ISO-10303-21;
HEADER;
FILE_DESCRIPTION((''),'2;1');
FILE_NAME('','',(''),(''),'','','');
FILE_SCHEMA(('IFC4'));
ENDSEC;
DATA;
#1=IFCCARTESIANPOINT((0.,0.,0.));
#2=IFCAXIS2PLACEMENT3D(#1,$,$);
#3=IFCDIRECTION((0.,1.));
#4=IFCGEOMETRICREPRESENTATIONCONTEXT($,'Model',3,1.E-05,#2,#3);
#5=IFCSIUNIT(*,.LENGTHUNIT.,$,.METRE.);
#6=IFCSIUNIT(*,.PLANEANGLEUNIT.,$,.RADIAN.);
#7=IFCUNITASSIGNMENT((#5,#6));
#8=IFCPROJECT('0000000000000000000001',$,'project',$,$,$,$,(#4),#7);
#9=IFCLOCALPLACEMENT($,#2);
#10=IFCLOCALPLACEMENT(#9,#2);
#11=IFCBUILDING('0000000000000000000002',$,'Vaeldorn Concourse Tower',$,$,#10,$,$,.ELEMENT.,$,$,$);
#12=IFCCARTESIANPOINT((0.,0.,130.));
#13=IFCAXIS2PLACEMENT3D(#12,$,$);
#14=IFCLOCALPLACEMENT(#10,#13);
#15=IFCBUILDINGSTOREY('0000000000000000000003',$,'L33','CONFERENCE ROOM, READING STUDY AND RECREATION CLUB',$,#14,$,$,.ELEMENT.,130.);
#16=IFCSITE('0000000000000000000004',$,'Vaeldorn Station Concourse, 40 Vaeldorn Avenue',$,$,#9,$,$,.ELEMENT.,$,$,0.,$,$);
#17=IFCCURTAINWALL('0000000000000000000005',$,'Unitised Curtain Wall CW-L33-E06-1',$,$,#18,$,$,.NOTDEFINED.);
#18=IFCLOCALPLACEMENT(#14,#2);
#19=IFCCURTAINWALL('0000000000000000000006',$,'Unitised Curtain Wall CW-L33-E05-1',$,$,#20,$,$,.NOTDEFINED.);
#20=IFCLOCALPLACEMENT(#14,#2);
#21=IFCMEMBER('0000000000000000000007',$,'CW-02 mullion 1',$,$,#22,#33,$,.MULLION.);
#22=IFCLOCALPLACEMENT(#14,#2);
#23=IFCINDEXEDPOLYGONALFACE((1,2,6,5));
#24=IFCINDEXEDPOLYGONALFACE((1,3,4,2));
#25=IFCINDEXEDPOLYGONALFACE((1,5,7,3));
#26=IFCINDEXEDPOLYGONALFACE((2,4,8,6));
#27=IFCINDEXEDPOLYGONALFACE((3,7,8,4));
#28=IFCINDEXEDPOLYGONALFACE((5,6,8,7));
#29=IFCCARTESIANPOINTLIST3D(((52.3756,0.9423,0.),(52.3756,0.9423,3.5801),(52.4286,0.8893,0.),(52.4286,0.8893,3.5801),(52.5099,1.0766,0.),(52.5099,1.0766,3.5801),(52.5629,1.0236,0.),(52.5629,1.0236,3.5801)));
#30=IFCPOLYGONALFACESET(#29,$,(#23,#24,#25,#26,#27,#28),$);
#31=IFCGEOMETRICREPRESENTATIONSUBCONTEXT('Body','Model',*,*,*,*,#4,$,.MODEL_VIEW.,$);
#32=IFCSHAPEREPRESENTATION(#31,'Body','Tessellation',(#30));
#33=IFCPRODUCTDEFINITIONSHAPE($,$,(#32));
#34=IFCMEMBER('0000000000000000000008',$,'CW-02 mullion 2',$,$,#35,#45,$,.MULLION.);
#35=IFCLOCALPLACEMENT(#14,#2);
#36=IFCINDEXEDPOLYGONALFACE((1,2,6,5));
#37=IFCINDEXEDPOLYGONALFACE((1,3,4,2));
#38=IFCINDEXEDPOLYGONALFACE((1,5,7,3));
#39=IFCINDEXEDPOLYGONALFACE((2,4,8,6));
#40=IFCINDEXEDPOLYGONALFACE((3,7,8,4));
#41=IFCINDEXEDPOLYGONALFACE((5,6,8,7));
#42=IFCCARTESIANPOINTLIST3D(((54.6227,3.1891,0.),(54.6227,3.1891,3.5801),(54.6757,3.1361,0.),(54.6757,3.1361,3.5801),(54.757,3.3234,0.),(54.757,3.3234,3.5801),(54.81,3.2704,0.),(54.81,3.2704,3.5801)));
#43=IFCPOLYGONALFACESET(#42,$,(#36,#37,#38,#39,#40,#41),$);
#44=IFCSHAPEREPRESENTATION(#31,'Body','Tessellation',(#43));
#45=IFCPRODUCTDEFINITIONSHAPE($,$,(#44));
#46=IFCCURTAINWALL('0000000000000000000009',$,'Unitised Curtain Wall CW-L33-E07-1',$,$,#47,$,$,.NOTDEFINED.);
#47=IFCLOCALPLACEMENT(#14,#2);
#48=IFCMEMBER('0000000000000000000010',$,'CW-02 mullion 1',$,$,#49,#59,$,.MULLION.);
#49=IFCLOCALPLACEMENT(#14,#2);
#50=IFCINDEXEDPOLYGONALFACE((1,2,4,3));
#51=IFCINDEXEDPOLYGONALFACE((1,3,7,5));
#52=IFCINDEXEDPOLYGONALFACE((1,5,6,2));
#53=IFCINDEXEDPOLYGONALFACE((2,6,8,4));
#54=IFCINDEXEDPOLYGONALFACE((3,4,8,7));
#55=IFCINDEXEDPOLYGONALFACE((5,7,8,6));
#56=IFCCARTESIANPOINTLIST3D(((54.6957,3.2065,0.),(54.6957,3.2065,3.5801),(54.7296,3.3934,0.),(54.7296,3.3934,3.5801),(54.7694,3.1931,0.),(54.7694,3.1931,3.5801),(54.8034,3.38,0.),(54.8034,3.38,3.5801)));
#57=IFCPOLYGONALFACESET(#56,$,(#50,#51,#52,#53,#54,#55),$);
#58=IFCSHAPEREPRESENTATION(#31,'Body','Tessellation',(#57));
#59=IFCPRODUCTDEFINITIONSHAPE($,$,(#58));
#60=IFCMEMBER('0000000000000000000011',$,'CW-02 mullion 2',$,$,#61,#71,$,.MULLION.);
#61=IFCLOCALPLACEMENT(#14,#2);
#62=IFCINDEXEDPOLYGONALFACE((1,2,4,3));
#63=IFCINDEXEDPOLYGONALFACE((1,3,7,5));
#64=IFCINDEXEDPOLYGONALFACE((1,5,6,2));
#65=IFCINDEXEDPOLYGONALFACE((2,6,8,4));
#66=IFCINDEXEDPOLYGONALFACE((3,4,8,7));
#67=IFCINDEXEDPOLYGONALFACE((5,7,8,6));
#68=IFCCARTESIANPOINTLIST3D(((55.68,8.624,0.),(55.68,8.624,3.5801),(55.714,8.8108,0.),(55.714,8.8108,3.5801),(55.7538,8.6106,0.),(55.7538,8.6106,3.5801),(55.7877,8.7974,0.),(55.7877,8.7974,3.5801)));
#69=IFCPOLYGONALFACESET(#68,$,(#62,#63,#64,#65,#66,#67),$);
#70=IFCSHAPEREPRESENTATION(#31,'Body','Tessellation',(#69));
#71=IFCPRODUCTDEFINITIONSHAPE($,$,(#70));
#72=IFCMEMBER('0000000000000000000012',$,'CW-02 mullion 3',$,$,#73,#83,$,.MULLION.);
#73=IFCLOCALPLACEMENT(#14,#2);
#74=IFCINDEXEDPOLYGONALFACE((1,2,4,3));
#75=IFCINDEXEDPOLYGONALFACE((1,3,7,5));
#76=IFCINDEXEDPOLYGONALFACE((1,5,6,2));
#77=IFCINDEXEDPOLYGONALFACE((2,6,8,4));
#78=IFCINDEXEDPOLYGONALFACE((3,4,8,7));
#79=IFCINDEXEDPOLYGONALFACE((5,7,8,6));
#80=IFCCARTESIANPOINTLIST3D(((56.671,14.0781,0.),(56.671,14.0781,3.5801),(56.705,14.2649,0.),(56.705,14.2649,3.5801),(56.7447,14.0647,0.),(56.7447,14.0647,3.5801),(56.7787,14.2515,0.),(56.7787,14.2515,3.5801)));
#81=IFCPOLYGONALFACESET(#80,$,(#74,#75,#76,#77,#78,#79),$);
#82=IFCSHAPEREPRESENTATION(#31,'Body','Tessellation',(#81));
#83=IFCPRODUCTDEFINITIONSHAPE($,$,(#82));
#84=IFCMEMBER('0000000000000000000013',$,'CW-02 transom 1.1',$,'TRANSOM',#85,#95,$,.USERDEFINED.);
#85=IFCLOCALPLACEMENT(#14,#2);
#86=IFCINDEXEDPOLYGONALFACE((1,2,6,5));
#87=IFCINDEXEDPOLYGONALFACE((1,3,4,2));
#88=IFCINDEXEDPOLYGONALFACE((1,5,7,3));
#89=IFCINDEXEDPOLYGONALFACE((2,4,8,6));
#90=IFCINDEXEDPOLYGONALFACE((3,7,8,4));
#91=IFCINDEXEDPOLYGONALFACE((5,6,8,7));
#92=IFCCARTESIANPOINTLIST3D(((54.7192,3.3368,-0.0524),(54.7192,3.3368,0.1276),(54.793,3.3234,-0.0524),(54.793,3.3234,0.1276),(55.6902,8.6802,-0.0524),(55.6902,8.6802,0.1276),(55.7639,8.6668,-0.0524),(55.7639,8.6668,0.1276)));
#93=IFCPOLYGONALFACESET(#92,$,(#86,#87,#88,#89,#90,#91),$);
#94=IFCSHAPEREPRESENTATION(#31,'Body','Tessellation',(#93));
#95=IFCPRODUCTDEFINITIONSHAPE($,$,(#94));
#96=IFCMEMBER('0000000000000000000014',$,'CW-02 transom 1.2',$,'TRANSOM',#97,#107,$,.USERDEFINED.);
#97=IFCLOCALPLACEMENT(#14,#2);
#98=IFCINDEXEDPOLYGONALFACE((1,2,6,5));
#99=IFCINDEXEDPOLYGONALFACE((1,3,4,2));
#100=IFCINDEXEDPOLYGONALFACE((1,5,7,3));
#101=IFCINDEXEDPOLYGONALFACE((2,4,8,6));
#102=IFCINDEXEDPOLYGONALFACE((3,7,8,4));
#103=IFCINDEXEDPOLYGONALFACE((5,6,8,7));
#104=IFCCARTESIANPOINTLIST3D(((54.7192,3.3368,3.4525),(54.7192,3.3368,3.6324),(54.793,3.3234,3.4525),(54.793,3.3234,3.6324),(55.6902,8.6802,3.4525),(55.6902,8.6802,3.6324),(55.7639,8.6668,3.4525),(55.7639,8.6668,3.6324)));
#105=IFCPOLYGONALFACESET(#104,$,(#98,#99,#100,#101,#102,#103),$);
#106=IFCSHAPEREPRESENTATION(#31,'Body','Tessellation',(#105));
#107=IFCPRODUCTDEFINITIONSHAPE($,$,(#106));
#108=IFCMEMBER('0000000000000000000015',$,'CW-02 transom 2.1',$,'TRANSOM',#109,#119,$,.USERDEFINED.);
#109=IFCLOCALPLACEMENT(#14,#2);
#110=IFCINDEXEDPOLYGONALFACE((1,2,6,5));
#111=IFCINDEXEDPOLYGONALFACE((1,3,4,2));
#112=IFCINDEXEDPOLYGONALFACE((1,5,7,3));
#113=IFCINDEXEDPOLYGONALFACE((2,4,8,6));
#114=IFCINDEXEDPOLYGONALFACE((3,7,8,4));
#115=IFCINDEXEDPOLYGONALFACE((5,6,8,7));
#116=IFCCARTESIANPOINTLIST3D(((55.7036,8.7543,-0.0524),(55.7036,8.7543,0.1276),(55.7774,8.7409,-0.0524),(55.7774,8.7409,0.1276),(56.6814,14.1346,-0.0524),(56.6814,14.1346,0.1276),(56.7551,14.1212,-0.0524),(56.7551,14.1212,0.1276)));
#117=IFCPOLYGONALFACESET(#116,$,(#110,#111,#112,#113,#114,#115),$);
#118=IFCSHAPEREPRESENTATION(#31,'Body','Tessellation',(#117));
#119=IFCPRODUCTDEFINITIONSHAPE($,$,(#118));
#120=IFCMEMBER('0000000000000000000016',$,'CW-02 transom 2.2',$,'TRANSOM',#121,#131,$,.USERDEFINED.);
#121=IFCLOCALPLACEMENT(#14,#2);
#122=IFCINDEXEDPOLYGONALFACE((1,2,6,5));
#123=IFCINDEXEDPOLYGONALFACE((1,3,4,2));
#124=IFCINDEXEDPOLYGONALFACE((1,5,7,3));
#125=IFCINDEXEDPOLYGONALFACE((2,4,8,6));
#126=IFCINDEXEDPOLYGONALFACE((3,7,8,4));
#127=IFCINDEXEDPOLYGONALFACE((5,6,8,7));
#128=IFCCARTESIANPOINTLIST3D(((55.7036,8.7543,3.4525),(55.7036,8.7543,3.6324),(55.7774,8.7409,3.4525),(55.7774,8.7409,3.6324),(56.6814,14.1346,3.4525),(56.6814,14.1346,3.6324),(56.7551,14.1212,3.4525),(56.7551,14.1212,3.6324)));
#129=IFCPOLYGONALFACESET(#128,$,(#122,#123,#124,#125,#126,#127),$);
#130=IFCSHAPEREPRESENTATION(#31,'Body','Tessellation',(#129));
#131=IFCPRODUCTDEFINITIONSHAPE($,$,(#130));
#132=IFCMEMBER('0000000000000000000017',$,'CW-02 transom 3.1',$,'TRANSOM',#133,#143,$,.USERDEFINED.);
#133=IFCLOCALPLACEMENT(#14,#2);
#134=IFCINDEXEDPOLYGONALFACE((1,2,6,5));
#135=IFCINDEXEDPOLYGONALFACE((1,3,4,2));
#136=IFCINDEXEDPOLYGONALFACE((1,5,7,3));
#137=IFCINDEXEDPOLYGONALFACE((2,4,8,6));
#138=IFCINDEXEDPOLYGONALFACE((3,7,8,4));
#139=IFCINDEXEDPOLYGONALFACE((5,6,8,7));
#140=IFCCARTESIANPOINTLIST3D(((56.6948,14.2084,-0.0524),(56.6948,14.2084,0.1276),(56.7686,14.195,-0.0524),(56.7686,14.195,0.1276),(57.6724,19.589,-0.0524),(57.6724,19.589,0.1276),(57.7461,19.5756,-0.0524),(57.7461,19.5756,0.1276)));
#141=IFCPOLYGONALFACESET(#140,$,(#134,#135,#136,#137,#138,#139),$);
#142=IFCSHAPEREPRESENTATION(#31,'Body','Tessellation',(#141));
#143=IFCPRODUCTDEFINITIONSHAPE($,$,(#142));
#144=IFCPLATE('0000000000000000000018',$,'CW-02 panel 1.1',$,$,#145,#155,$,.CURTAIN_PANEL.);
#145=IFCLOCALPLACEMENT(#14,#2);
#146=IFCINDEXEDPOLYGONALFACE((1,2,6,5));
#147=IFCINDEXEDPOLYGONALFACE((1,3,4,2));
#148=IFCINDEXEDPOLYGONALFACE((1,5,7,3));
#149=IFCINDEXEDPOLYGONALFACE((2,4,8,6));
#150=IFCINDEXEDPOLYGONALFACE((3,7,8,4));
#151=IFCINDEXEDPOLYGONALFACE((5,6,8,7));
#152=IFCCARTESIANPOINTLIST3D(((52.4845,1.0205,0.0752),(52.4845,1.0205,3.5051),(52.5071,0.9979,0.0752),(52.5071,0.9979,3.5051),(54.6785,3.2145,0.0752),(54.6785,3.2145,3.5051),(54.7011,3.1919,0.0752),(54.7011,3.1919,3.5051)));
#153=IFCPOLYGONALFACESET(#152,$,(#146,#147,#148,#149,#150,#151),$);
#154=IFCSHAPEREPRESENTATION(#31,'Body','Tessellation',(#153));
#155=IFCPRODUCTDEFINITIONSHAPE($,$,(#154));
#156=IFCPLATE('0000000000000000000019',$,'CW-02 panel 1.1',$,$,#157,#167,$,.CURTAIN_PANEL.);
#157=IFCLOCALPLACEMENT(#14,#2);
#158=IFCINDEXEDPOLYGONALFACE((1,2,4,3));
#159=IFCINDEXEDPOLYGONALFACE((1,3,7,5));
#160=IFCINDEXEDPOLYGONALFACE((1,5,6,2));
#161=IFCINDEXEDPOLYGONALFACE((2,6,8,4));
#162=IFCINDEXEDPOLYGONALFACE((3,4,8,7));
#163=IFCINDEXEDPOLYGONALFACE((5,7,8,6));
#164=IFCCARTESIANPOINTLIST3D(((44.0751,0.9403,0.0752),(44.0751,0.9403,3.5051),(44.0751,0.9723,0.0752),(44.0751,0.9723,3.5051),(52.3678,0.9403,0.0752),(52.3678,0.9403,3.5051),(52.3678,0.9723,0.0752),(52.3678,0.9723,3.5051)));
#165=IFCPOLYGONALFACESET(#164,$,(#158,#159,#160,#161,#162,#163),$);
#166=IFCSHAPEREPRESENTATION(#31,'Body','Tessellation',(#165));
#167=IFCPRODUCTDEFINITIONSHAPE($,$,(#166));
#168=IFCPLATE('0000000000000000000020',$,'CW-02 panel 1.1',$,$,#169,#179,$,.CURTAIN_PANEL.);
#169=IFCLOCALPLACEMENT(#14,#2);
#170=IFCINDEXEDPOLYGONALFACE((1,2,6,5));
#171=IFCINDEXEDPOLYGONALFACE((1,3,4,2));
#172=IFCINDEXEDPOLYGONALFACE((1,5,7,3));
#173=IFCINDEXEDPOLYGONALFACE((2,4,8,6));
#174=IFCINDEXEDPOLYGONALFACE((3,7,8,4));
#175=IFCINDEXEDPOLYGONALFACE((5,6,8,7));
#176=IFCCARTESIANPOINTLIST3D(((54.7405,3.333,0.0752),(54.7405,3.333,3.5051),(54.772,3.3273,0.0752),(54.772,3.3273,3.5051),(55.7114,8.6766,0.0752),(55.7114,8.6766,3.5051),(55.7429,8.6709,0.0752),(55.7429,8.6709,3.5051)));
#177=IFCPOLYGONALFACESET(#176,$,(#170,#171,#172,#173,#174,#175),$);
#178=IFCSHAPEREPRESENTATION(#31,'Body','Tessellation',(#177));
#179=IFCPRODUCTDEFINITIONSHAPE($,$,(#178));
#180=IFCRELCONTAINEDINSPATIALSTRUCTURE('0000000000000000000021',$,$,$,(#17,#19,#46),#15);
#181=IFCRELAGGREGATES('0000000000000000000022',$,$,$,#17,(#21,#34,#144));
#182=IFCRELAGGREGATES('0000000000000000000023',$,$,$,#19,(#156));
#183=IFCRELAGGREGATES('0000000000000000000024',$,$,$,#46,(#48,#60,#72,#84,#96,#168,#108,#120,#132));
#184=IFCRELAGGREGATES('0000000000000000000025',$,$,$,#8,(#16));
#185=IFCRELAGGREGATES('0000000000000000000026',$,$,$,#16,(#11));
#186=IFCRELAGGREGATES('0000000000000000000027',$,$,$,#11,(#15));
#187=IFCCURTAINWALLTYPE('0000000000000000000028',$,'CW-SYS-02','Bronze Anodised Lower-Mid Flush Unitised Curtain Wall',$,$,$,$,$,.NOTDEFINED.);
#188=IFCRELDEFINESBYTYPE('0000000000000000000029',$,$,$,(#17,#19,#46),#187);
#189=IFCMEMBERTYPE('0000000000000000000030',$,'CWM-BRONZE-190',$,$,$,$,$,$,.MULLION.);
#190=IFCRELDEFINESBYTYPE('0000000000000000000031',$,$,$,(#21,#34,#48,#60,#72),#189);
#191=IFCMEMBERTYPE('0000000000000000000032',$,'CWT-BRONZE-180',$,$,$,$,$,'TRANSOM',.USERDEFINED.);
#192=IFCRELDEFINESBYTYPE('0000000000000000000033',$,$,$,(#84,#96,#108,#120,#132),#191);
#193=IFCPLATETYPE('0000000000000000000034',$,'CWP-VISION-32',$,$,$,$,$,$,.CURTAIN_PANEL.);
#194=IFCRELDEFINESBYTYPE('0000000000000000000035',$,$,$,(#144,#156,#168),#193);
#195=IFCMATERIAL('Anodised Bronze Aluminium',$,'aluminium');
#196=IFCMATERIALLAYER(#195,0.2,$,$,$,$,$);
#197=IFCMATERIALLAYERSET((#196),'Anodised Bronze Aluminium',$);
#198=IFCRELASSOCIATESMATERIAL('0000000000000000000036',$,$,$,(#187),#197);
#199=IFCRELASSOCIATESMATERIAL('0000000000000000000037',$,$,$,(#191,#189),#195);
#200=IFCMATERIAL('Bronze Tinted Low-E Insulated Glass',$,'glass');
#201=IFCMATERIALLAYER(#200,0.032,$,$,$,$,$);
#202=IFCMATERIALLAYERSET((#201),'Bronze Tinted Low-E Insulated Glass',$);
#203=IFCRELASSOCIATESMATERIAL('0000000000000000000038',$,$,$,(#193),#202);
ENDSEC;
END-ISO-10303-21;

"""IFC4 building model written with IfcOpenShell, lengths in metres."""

from ifc_helpers import new_model, si_unit, direction, frame, origin, origin_2d, place, context, subcontext, project, spatial, rectangle, extrude, source, transform, mapped, material, layer, layer_set, material_profile, profile_set, type_object, element, aggregate, save


model = new_model("IFC4")

# Units and contexts
model_context = context("Model", 3, precision=1e-05, world=origin(), true_north=direction((0.0, 1.0)))
body_context = subcontext(model_context, "Body", "Model", "MODEL_VIEW")
ifc_project = project(units=[si_unit("LENGTHUNIT", "METRE"), si_unit("PLANEANGLEUNIT", "RADIAN")], contexts=[model_context])

# Site, building, storey
site_placement = place(None, origin())
site = spatial("IfcSite", under=ifc_project, at=site_placement, Name="Vaeldorn Station Concourse, 40 Vaeldorn Avenue", CompositionType="ELEMENT", RefElevation=0.0)
building_placement = place(site_placement, origin())
building = spatial("IfcBuilding", under=site, at=building_placement, Name="Vaeldorn Concourse Tower", CompositionType="ELEMENT")
storey_placement = place(building_placement, frame((0.0, 0.0, 130.0)))
storey = spatial("IfcBuildingStorey", under=building, at=storey_placement, Name="L33", Description="CONFERENCE ROOM, READING STUDY AND RECREATION CLUB", CompositionType="ELEMENT", Elevation=130.0)

# Curtain wall
ifc_material_1 = material(Name="Anodised Bronze Aluminium", Category="aluminium")
ifc_layer_1 = layer(ifc_material_1, 0.2)
ifc_layer_set_1 = layer_set([ifc_layer_1], Name="Anodised Bronze Aluminium")
curtain_wall_type = type_object("IfcCurtainWallType", Name="CW-SYS-02", Description="Bronze Anodised Lower-Mid Flush Unitised Curtain Wall", PredefinedType="NOTDEFINED", material=ifc_layer_set_1)
curtain_wall_1_placement = place(storey_placement, origin())
curtain_wall_1 = element("IfcCurtainWall", 1, at=curtain_wall_1_placement, inside=storey, type_object=curtain_wall_type, Name="Unitised Curtain Wall CW-L33-E06-1", PredefinedType="NOTDEFINED")
ifc_material_profile_1 = material_profile(ifc_material_1, rectangle(XDim=0.075, YDim=0.1799, at=origin_2d()), Name="CWT 75x180")
ifc_profile_set_1 = profile_set([ifc_material_profile_1], Name="Anodised Bronze Aluminium")
member_type_1 = type_object("IfcMemberType", Name="CWT-BRONZE-180", ElementType="TRANSOM", PredefinedType="USERDEFINED", material=ifc_profile_set_1)

# Curtain wall
curtain_wall_2_placement = place(storey_placement, origin())
curtain_wall_2 = element("IfcCurtainWall", 2, at=curtain_wall_2_placement, inside=storey, type_object=curtain_wall_type, Name="Unitised Curtain Wall CW-L33-E05-1", PredefinedType="NOTDEFINED")
ifc_material_profile_2 = material_profile(ifc_material_1, rectangle(XDim=0.075, YDim=0.1899, at=origin_2d()), Name="CWM 75x190")
ifc_profile_set_2 = profile_set([ifc_material_profile_2], Name="Anodised Bronze Aluminium")
member_type_2 = type_object("IfcMemberType", Name="CWM-BRONZE-190", PredefinedType="MULLION", material=ifc_profile_set_2)
shared_shape_1 = source(origin(), body_context, "Body", "SweptSolid", [
    extrude(rectangle(XDim=0.075, YDim=0.1899, at=origin_2d()), origin(), (0.0, 0.0, 1.0), 3.5801),
])

# Members
member_1_placement = place(storey_placement, frame((52.4692, 0.9829, 0.0), z_axis=(0.0, 0.0, 1.0), x_axis=(-0.707107, 0.707107, 0.0)))
member_1 = element("IfcMember", 3, at=member_1_placement, type_object=member_type_2, Name="CW-02 mullion 1", PredefinedType="MULLION", context=body_context, shape_type="MappedRepresentation", body=[
    mapped(shared_shape_1, transform((0.0, 0.0, 0.0), scale=1.0)),
])
member_2_placement = place(storey_placement, frame((54.7163, 3.2297, 0.0), z_axis=(0.0, 0.0, 1.0), x_axis=(-0.707107, 0.707107, 0.0)))
member_2 = element("IfcMember", 4, at=member_2_placement, type_object=member_type_2, Name="CW-02 mullion 2", PredefinedType="MULLION", context=body_context, shape_type="MappedRepresentation", body=[
    mapped(shared_shape_1, transform((0.0, 0.0, 0.0), scale=1.0)),
])

# Curtain wall, members
curtain_wall_3_placement = place(storey_placement, origin())
curtain_wall_3 = element("IfcCurtainWall", 5, at=curtain_wall_3_placement, inside=storey, type_object=curtain_wall_type, Name="Unitised Curtain Wall CW-L33-E07-1", PredefinedType="NOTDEFINED")
member_3_placement = place(storey_placement, frame((54.7495, 3.2932, 0.0), z_axis=(0.0, 0.0, 1.0), x_axis=(-0.98389, 0.178774, 0.0)))
member_3 = element("IfcMember", 6, at=member_3_placement, type_object=member_type_2, Name="CW-02 mullion 1", PredefinedType="MULLION", context=body_context, shape_type="MappedRepresentation", body=[
    mapped(shared_shape_1, transform((0.0, 0.0, 0.0), scale=1.0)),
])
member_4_placement = place(storey_placement, frame((55.7339, 8.7107, 0.0), z_axis=(0.0, 0.0, 1.0), x_axis=(-0.98389, 0.178774, 0.0)))
member_4 = element("IfcMember", 7, at=member_4_placement, type_object=member_type_2, Name="CW-02 mullion 2", PredefinedType="MULLION", context=body_context, shape_type="MappedRepresentation", body=[
    mapped(shared_shape_1, transform((0.0, 0.0, 0.0), scale=1.0)),
])
member_5_placement = place(storey_placement, frame((56.7249, 14.1648, 0.0), z_axis=(0.0, 0.0, 1.0), x_axis=(-0.98389, 0.178774, 0.0)))
member_5 = element("IfcMember", 8, at=member_5_placement, type_object=member_type_2, Name="CW-02 mullion 3", PredefinedType="MULLION", context=body_context, shape_type="MappedRepresentation", body=[
    mapped(shared_shape_1, transform((0.0, 0.0, 0.0), scale=1.0)),
])
shared_shape_2 = source(origin(), body_context, "Body", "SweptSolid", [
    extrude(rectangle(XDim=0.075, YDim=0.1799, at=origin_2d()), origin(), (0.0, 0.0, 1.0), 5.4309),
])
member_6_placement = place(storey_placement, frame((54.7561, 3.3301, 0.0376), z_axis=(0.178779, 0.983889, 0.0), x_axis=(-0.983889, 0.178779, 0.0)))
member_6 = element("IfcMember", 9, at=member_6_placement, type_object=member_type_1, Name="CW-02 transom 1.1", ObjectType="TRANSOM", PredefinedType="USERDEFINED", context=body_context, shape_type="MappedRepresentation", body=[
    mapped(shared_shape_2, transform((0.0, 0.0, 0.0), scale=1.0)),
])
member_7_placement = place(storey_placement, frame((54.7561, 3.3301, 3.5425), z_axis=(0.178779, 0.983889, 0.0), x_axis=(-0.983889, 0.178779, 0.0)))
member_7 = element("IfcMember", 10, at=member_7_placement, type_object=member_type_1, Name="CW-02 transom 1.2", ObjectType="TRANSOM", PredefinedType="USERDEFINED", context=body_context, shape_type="MappedRepresentation", body=[
    mapped(shared_shape_2, transform((0.0, 0.0, 0.0), scale=1.0)),
])
shared_shape_3 = source(origin(), body_context, "Body", "SweptSolid", [
    extrude(rectangle(XDim=0.075, YDim=0.1799, at=origin_2d()), origin(), (0.0, 0.0, 1.0), 5.4685),
])
member_8_placement = place(storey_placement, frame((55.7405, 8.7476, 0.0376), z_axis=(0.178803, 0.983885, 0.0), x_axis=(-0.983885, 0.178803, 0.0)))
member_8 = element("IfcMember", 11, at=member_8_placement, type_object=member_type_1, Name="CW-02 transom 2.1", ObjectType="TRANSOM", PredefinedType="USERDEFINED", context=body_context, shape_type="MappedRepresentation", body=[
    mapped(shared_shape_3, transform((0.0, 0.0, 0.0), scale=1.0)),
])
member_9_placement = place(storey_placement, frame((55.7405, 8.7476, 3.5425), z_axis=(0.178803, 0.983885, 0.0), x_axis=(-0.983885, 0.178803, 0.0)))
member_9 = element("IfcMember", 12, at=member_9_placement, type_object=member_type_1, Name="CW-02 transom 2.2", ObjectType="TRANSOM", PredefinedType="USERDEFINED", context=body_context, shape_type="MappedRepresentation", body=[
    mapped(shared_shape_3, transform((0.0, 0.0, 0.0), scale=1.0)),
])
shared_shape_4 = source(origin(), body_context, "Body", "SweptSolid", [
    extrude(rectangle(XDim=0.075, YDim=0.1799, at=origin_2d()), origin(), (0.0, 0.0, 1.0), 5.4688),
])
member_10_placement = place(storey_placement, frame((56.7317, 14.2017, 0.0376), z_axis=(0.178752, 0.983894, 0.0), x_axis=(-0.983894, 0.178752, 0.0)))
member_10 = element("IfcMember", 13, at=member_10_placement, type_object=member_type_1, Name="CW-02 transom 3.1", ObjectType="TRANSOM", PredefinedType="USERDEFINED", context=body_context, shape_type="MappedRepresentation", body=[
    mapped(shared_shape_4, transform((0.0, 0.0, 0.0), scale=1.0)),
])

# Plates
ifc_material_2 = material(Name="Bronze Tinted Low-E Insulated Glass", Category="glass")
ifc_layer_2 = layer(ifc_material_2, 0.032)
ifc_layer_set_2 = layer_set([ifc_layer_2], Name="Bronze Tinted Low-E Insulated Glass")
plate_type = type_object("IfcPlateType", Name="CWP-VISION-32", PredefinedType="CURTAIN_PANEL", material=ifc_layer_set_2)
shared_shape_5 = source(origin(), body_context, "Body", "SweptSolid", [
    extrude(rectangle(XDim=3.1028, YDim=0.032, at=origin_2d()), origin(), (0.0, 0.0, 1.0), 3.4299),
])
plate_1_placement = place(storey_placement, frame((53.5928, 2.1062, 0.0752), z_axis=(0.0, 0.0, 1.0), x_axis=(0.707107, 0.707107, 0.0)))
plate_1 = element("IfcPlate", 14, at=plate_1_placement, type_object=plate_type, Name="CW-02 panel 1.1", PredefinedType="CURTAIN_PANEL", context=body_context, shape_type="MappedRepresentation", body=[
    mapped(shared_shape_5, transform((0.0, 0.0, 0.0), scale=1.0)),
])
aggregate(curtain_wall_1, [member_1, member_2, plate_1])
shared_shape_6 = source(origin(), body_context, "Body", "SweptSolid", [
    extrude(rectangle(XDim=8.2927, YDim=0.032, at=origin_2d()), origin(), (0.0, 0.0, 1.0), 3.4299),
])
plate_2_placement = place(storey_placement, frame((48.2214, 0.9563, 0.0752), z_axis=(0.0, 0.0, 1.0), x_axis=(1.0, 0.0, 0.0)))
plate_2 = element("IfcPlate", 15, at=plate_2_placement, type_object=plate_type, Name="CW-02 panel 1.1", PredefinedType="CURTAIN_PANEL", context=body_context, shape_type="MappedRepresentation", body=[
    mapped(shared_shape_6, transform((0.0, 0.0, 0.0), scale=1.0)),
])
aggregate(curtain_wall_2, [plate_2])
shared_shape_7 = source(origin(), body_context, "Body", "SweptSolid", [
    extrude(rectangle(XDim=5.4312, YDim=0.032, at=origin_2d()), origin(), (0.0, 0.0, 1.0), 3.4299),
])
plate_3_placement = place(storey_placement, frame((55.2417, 6.002, 0.0752), z_axis=(0.0, 0.0, 1.0), x_axis=(0.178774, 0.98389, 0.0)))
plate_3 = element("IfcPlate", 16, at=plate_3_placement, type_object=plate_type, Name="CW-02 panel 1.1", PredefinedType="CURTAIN_PANEL", context=body_context, shape_type="MappedRepresentation", body=[
    mapped(shared_shape_7, transform((0.0, 0.0, 0.0), scale=1.0)),
])
aggregate(curtain_wall_3, [member_3, member_4, member_5, member_6, member_7, plate_3, member_8, member_9, member_10])

save(model, "model.ifc")
